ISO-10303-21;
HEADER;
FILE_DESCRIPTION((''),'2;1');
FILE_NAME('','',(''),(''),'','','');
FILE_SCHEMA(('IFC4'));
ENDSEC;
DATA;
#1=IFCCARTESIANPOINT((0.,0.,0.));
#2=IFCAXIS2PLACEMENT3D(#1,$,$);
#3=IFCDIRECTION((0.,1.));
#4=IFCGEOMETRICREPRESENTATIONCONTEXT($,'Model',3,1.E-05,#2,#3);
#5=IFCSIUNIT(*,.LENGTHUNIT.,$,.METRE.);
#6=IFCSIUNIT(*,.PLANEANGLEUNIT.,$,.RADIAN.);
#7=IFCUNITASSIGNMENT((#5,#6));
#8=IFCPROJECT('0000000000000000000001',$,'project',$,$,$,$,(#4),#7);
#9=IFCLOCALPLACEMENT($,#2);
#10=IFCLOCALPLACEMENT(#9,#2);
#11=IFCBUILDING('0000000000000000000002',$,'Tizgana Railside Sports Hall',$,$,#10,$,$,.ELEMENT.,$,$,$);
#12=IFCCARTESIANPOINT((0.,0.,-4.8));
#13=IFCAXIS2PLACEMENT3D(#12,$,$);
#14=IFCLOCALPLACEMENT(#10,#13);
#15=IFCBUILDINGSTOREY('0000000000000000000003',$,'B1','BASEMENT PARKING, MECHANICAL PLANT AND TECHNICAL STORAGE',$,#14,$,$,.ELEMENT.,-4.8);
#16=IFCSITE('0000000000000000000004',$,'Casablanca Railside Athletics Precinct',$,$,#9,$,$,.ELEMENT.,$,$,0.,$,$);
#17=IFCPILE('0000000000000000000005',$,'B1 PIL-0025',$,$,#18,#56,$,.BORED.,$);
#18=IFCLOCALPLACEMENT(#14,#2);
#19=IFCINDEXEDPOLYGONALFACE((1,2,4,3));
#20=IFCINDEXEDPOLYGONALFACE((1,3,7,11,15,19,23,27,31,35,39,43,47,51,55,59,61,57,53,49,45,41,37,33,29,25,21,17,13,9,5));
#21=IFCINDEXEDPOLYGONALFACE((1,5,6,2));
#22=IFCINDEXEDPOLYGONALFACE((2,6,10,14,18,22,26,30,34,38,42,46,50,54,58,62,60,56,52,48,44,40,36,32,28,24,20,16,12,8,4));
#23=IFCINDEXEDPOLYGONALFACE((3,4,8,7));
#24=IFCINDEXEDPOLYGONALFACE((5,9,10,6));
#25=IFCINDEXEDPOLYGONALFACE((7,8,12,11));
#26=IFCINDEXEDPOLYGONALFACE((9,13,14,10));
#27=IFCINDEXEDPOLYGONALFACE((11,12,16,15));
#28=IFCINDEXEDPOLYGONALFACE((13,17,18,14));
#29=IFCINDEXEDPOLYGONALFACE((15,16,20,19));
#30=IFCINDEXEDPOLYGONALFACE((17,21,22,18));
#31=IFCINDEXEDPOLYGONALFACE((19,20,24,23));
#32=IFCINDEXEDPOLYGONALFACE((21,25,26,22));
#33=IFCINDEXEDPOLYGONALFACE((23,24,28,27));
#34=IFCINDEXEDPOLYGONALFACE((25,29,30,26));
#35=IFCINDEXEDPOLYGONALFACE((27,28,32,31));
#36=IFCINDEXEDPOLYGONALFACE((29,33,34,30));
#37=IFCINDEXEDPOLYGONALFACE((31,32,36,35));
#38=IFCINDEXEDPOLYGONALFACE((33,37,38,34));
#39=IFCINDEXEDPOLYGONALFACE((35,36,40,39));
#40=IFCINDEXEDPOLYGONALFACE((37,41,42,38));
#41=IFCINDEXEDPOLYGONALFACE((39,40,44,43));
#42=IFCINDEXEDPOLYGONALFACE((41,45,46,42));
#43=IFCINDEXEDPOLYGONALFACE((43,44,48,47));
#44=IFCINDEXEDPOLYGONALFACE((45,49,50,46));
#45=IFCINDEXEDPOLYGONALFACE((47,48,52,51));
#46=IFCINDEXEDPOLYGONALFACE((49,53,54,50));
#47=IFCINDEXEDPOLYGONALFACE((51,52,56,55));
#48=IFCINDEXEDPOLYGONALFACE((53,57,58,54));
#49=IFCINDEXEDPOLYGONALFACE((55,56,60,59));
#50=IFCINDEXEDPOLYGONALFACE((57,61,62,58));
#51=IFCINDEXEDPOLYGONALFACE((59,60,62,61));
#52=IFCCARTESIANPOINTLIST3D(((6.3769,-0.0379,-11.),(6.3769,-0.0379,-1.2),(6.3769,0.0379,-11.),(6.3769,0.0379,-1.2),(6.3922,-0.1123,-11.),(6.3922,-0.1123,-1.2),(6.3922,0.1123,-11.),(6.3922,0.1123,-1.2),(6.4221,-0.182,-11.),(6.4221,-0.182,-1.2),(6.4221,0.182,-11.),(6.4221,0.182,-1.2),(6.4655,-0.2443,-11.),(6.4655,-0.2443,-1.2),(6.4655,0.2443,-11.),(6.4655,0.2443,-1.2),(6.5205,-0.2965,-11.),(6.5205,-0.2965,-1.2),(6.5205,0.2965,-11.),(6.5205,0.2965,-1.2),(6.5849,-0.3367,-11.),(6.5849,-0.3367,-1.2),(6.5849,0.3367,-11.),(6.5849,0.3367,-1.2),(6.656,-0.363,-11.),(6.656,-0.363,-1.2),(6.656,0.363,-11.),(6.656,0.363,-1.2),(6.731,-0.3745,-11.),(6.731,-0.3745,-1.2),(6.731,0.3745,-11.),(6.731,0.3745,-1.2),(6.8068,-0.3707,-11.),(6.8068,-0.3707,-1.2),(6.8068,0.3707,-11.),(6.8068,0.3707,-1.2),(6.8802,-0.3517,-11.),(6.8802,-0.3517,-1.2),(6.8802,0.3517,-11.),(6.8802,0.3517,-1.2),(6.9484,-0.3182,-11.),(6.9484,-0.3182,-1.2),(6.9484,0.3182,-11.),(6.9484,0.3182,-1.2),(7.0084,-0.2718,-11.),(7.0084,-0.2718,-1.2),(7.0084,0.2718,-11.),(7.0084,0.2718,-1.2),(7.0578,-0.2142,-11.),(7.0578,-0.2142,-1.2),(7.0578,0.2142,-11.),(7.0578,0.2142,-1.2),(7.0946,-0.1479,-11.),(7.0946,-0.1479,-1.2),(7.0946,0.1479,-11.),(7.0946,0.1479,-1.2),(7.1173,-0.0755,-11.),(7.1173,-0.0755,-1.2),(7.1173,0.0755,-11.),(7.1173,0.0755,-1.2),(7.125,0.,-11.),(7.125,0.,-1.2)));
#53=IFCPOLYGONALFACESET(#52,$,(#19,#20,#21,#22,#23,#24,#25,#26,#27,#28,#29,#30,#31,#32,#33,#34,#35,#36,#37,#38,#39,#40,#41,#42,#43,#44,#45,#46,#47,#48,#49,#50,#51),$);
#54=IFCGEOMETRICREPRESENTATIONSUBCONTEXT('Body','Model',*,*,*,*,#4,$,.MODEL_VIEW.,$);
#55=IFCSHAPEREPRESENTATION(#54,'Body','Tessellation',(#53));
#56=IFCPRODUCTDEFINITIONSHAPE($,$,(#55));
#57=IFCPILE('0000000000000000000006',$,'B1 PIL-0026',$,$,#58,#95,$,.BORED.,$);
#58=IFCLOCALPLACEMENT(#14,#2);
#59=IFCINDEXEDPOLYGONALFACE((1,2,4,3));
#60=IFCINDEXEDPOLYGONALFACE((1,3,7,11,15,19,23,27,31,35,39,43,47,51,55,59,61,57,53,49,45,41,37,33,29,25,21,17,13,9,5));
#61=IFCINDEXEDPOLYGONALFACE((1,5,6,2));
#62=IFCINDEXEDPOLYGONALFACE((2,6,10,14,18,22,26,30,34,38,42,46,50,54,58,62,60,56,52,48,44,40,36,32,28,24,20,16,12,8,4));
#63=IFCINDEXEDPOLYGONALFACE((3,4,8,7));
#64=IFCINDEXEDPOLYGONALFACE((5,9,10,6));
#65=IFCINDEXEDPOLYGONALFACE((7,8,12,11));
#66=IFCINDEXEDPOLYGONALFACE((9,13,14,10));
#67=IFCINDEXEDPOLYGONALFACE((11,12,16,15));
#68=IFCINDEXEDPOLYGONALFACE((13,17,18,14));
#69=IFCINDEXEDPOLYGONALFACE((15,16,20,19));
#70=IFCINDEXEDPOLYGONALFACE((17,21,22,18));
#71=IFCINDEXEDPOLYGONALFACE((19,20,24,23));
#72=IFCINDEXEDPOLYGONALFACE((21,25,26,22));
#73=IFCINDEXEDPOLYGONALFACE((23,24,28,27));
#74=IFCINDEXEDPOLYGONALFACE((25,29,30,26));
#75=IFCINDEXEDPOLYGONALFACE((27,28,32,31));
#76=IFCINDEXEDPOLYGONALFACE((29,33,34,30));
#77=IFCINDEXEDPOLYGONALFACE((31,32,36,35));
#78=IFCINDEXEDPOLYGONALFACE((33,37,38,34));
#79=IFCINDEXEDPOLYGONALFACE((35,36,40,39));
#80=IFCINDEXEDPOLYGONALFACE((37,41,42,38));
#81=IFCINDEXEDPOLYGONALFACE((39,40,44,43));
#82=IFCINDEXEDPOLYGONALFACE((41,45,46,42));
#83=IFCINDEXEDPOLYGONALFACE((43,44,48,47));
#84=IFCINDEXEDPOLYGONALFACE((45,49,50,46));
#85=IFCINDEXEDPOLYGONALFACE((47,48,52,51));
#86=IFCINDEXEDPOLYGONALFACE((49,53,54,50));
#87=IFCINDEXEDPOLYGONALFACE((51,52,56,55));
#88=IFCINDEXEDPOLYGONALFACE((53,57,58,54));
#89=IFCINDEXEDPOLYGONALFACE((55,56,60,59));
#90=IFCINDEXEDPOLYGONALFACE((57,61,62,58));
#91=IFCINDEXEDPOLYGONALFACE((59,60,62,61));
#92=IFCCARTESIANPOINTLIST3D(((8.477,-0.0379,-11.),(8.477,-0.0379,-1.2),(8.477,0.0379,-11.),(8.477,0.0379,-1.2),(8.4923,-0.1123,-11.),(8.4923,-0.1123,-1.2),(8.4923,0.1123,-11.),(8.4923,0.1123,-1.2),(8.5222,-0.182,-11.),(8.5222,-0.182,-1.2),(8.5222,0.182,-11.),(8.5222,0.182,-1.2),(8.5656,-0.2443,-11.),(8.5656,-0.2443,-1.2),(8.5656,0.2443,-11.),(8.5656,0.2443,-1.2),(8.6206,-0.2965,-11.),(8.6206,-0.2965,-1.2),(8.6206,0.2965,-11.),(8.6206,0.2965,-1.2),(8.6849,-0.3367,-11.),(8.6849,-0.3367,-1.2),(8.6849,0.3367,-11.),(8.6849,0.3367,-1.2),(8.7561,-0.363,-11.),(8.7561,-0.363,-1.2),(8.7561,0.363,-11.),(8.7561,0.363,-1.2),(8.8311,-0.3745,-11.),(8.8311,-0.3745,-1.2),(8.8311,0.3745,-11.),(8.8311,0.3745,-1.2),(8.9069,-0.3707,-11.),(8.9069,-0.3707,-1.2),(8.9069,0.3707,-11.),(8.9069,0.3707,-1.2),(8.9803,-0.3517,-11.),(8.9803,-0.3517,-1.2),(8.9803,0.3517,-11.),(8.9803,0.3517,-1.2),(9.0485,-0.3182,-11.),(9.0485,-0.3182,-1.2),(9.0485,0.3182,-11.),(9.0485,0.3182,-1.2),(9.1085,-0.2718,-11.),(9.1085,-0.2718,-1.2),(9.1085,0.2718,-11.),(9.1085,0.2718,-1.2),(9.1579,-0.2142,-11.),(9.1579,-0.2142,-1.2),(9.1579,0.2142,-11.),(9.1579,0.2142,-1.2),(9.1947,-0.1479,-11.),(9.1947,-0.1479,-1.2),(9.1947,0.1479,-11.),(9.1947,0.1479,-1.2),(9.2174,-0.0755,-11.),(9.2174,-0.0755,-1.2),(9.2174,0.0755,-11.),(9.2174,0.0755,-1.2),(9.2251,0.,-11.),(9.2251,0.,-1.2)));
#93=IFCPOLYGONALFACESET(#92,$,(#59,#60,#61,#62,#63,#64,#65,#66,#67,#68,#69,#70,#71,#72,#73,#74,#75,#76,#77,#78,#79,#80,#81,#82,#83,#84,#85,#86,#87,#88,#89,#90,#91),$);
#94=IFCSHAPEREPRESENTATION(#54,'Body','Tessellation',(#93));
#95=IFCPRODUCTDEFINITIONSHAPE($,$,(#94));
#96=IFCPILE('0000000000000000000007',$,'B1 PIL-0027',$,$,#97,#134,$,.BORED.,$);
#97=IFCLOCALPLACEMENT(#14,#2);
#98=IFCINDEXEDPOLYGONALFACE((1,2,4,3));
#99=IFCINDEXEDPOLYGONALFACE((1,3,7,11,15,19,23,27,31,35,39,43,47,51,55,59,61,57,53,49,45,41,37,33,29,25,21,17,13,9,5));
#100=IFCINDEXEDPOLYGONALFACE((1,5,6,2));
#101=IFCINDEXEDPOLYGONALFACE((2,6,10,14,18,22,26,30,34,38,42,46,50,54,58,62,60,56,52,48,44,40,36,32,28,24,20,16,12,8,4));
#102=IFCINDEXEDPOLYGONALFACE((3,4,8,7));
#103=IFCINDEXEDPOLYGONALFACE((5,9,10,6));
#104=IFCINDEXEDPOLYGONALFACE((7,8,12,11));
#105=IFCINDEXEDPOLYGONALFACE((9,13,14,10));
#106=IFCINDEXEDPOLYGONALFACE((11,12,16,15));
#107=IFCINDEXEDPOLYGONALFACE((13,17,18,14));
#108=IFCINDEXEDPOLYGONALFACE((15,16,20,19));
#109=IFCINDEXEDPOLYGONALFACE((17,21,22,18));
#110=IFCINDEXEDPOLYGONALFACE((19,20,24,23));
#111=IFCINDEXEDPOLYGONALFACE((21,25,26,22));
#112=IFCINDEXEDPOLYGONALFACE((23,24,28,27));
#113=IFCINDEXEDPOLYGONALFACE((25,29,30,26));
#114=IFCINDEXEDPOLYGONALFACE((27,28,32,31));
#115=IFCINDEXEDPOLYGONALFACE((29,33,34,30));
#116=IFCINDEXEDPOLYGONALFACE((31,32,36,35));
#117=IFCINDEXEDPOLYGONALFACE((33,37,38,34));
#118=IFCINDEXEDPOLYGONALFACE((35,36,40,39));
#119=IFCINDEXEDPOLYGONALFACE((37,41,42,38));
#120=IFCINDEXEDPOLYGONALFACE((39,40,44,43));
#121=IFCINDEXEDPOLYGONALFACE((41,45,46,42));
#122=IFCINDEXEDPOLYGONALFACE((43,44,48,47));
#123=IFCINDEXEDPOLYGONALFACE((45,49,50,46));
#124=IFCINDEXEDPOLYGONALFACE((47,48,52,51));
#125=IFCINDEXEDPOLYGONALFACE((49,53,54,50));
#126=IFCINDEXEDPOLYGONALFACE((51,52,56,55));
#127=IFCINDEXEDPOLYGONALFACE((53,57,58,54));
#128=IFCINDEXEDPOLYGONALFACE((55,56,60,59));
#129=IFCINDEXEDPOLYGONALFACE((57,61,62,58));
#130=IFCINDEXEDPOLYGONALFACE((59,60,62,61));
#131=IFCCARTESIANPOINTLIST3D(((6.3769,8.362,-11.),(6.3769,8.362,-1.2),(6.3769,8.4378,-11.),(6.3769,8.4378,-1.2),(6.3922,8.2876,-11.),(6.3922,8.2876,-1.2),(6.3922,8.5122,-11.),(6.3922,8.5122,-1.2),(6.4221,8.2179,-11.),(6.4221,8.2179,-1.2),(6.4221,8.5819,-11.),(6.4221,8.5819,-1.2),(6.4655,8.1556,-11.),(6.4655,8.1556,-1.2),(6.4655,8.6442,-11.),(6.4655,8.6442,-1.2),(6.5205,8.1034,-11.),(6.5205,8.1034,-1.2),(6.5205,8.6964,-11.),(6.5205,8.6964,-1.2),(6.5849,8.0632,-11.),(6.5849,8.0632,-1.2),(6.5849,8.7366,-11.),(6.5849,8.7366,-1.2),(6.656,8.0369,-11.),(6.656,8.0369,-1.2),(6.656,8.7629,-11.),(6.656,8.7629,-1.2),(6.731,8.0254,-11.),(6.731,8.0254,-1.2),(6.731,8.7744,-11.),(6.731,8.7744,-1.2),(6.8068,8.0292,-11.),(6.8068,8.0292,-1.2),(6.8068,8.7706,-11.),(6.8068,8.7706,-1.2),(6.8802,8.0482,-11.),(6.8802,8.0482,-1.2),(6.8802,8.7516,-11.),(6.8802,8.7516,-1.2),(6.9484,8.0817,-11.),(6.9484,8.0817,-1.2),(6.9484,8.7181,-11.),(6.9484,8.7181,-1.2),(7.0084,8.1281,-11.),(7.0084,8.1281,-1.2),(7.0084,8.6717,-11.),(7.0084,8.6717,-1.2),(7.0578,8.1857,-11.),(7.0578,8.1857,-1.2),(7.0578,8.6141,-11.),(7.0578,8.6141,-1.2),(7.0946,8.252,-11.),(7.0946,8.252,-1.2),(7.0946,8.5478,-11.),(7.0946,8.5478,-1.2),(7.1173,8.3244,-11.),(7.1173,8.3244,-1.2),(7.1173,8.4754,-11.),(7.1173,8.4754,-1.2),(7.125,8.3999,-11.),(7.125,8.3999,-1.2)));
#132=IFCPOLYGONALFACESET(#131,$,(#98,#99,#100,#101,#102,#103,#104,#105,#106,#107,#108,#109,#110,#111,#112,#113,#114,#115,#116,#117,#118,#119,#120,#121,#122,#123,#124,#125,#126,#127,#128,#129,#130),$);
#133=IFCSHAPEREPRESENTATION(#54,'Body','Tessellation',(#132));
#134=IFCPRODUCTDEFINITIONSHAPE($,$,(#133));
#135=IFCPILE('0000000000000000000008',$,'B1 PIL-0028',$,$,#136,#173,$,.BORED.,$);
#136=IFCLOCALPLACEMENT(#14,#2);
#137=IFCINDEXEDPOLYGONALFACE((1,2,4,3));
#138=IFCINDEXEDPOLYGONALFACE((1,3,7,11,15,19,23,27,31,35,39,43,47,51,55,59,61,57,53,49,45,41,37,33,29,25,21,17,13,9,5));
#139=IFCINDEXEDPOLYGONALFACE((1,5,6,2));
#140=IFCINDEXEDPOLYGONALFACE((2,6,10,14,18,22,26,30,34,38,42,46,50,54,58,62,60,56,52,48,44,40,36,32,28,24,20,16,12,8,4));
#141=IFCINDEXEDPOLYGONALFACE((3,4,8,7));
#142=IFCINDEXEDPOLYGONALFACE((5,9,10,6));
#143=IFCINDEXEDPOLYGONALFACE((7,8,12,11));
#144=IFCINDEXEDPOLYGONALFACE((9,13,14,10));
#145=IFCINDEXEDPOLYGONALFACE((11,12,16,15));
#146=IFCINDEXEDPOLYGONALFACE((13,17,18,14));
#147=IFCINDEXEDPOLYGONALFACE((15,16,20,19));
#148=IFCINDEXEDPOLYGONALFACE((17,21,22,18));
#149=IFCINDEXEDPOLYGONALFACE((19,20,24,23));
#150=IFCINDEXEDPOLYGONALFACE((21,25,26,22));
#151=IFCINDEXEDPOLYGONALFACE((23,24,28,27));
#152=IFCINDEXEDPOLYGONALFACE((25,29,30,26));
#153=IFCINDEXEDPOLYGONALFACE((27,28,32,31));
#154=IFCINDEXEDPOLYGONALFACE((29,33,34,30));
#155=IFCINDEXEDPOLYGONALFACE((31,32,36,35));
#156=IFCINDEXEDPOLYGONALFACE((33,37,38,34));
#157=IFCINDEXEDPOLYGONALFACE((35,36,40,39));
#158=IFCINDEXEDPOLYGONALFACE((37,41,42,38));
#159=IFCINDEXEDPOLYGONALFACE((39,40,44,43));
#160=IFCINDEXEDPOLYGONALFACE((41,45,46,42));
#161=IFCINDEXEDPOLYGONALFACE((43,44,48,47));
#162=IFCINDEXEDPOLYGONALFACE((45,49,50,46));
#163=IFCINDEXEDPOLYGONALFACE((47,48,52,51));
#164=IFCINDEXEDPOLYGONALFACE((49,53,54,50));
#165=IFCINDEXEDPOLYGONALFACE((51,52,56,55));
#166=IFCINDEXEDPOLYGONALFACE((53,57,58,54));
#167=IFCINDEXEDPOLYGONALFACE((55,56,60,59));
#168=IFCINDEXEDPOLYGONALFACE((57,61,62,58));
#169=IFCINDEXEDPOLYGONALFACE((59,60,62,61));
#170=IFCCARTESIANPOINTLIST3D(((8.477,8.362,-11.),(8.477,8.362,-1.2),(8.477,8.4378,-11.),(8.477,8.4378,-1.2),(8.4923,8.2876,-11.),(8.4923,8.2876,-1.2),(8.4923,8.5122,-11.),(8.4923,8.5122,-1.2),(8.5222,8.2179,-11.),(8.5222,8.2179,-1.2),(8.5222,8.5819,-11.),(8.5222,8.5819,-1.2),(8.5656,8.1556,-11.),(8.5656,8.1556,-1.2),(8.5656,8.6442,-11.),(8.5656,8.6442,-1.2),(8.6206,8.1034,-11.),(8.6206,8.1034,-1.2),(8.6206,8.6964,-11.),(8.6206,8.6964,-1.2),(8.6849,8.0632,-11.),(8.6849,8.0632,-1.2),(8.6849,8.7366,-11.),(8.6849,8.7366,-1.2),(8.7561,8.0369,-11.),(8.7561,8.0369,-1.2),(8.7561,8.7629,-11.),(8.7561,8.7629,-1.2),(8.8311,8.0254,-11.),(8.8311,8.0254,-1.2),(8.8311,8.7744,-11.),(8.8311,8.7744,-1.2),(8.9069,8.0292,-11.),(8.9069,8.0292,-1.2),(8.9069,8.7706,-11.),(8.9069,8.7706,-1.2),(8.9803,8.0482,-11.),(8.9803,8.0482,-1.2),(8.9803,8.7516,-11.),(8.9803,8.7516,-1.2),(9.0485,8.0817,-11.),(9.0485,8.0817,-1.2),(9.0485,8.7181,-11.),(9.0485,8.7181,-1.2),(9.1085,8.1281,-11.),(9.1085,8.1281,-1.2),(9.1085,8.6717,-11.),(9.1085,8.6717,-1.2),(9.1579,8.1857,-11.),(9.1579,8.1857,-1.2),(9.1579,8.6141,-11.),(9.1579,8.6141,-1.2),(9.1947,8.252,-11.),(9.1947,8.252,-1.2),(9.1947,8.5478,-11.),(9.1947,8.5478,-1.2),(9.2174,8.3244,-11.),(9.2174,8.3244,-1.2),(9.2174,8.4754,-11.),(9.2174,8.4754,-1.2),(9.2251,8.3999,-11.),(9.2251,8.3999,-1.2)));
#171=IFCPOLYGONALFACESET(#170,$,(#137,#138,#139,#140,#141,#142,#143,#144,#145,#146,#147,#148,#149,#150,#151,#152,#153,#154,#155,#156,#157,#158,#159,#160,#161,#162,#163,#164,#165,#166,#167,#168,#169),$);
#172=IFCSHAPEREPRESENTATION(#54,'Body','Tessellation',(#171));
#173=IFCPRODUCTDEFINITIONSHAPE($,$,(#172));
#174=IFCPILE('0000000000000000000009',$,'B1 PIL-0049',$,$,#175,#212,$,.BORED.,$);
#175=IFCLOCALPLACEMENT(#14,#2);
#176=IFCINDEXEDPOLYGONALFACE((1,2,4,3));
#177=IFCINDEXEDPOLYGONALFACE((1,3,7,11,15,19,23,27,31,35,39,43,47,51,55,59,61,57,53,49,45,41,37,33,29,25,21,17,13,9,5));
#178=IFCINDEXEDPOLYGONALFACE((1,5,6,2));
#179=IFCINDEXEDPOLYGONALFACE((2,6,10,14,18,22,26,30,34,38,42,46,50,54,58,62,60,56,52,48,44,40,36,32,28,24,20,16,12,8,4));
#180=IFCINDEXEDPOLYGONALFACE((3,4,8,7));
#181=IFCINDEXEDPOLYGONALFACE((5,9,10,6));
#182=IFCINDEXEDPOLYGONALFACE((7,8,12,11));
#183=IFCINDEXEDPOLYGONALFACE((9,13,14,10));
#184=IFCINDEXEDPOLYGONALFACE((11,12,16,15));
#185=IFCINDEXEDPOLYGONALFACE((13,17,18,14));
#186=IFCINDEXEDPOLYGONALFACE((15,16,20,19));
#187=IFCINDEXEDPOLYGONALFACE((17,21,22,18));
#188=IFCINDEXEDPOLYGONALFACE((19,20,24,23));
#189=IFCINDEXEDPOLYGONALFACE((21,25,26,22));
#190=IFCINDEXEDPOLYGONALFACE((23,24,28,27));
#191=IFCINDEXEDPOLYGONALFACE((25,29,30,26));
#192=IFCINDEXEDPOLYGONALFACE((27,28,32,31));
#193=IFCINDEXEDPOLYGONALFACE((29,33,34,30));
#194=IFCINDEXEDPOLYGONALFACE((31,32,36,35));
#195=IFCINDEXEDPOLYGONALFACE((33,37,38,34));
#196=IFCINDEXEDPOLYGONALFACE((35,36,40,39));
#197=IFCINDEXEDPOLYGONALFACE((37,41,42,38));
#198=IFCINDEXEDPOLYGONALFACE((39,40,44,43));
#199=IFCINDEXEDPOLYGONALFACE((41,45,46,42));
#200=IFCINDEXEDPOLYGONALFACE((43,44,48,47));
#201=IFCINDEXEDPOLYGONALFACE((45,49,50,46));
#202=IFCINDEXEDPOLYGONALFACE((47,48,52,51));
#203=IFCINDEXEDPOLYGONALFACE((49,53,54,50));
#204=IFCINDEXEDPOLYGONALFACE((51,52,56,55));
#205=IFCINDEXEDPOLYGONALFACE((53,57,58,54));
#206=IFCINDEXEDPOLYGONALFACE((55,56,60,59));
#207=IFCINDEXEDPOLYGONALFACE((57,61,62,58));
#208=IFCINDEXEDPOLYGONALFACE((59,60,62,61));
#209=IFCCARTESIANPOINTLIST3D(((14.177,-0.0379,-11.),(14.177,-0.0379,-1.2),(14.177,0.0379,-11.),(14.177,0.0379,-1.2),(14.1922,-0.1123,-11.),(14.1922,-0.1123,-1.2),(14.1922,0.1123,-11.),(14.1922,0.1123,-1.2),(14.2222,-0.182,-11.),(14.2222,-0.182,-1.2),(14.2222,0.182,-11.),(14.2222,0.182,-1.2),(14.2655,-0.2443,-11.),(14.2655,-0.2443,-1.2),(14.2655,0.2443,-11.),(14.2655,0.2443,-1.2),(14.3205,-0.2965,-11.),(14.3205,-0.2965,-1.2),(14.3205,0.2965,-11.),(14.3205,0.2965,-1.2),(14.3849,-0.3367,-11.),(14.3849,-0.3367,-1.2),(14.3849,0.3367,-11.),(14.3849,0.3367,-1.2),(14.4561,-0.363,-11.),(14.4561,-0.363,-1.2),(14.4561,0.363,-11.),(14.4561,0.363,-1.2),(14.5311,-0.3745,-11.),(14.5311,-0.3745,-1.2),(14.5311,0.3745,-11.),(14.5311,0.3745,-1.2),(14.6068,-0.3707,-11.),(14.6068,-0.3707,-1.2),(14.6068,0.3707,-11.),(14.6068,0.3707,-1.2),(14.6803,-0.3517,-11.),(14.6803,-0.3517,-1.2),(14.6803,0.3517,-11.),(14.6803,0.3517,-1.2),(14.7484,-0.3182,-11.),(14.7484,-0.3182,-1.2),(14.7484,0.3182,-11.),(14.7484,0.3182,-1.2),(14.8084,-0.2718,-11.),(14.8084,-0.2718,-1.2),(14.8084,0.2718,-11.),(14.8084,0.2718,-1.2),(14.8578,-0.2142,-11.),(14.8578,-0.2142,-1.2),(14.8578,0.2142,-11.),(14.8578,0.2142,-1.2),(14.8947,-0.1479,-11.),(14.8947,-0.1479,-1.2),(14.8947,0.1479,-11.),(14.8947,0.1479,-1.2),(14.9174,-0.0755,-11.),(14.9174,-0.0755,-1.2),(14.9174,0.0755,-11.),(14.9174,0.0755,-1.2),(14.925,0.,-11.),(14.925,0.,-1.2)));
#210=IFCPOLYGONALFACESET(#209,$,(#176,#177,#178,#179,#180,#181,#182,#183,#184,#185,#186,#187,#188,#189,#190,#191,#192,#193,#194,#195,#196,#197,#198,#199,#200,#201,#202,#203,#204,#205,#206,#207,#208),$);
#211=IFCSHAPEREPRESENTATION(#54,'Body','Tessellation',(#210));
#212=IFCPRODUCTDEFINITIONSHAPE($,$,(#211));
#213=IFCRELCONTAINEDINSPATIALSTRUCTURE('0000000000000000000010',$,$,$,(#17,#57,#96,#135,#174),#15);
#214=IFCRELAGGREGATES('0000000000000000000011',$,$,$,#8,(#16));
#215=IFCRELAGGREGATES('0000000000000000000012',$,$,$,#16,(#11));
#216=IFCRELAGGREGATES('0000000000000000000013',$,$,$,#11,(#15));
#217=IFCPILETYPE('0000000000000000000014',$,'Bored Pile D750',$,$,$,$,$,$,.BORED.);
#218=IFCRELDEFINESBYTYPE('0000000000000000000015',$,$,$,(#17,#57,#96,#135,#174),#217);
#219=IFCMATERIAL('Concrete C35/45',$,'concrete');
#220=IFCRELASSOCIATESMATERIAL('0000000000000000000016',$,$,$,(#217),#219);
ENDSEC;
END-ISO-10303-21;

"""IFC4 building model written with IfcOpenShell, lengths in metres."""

from ifc_helpers import new_model, si_unit, direction, frame, origin, origin_2d, place, context, subcontext, project, spatial, circle, extrude, material, material_profile, profile_set, type_object, element, save


model = new_model("IFC4")

# Units and contexts
model_context = context("Model", 3, precision=1e-05, world=origin(), true_north=direction((0.0, 1.0)))
body_context = subcontext(model_context, "Body", "Model", "MODEL_VIEW")
ifc_project = project(units=[si_unit("LENGTHUNIT", "METRE"), si_unit("PLANEANGLEUNIT", "RADIAN")], contexts=[model_context])

# Site, building, storey
site_placement = place(None, origin())
site = spatial("IfcSite", under=ifc_project, at=site_placement, Name="Casablanca Railside Athletics Precinct", CompositionType="ELEMENT", RefElevation=0.0)
building_placement = place(site_placement, origin())
building = spatial("IfcBuilding", under=site, at=building_placement, Name="Tizgana Railside Sports Hall", CompositionType="ELEMENT")
storey_placement = place(building_placement, frame((0.0, 0.0, -4.8)))
storey = spatial("IfcBuildingStorey", under=building, at=storey_placement, Name="B1", Description="BASEMENT PARKING, MECHANICAL PLANT AND TECHNICAL STORAGE", CompositionType="ELEMENT", Elevation=-4.8)

# Piles
ifc_material_1 = material(Name="Concrete C35/45", Category="concrete")
ifc_material_profile_1 = material_profile(ifc_material_1, circle(Radius=0.375, at=origin_2d()), Name="PILE D750")
ifc_profile_set_1 = profile_set([ifc_material_profile_1], Name="Concrete C35/45")
pile_type = type_object("IfcPileType", Name="Bored Pile D750", PredefinedType="BORED", material=ifc_profile_set_1)
for number, where, z_axis, x_axis, name in (
    (1, (6.75, 0.0, -1.2), (0.0, 0.0, -1.0), (1.0, 0.0, 0.0), "B1 PIL-0025"),
    (2, (8.8501, 0.0, -1.2), (0.0, 0.0, -1.0), (1.0, 0.0, 0.0), "B1 PIL-0026"),
    (3, (6.75, 8.3999, -1.2), (0.0, 0.0, -1.0), (1.0, 0.0, 0.0), "B1 PIL-0027"),
    (4, (8.8501, 8.3999, -1.2), (0.0, 0.0, -1.0), (1.0, 0.0, 0.0), "B1 PIL-0028"),
    (5, (14.55, 0.0, -1.2), (0.0, 0.0, -1.0), (1.0, 0.0, 0.0), "B1 PIL-0049"),
):
    element("IfcPile", number, at=place(storey_placement, frame(where, z_axis=z_axis, x_axis=x_axis)), inside=storey, type_object=pile_type, Name=name, PredefinedType="BORED", context=body_context, shape_type="SweptSolid", body=[
        extrude(circle(Radius=0.375, at=origin_2d()), origin(), (0.0, 0.0, 1.0), 9.8),
    ])

save(model, "model.ifc")
